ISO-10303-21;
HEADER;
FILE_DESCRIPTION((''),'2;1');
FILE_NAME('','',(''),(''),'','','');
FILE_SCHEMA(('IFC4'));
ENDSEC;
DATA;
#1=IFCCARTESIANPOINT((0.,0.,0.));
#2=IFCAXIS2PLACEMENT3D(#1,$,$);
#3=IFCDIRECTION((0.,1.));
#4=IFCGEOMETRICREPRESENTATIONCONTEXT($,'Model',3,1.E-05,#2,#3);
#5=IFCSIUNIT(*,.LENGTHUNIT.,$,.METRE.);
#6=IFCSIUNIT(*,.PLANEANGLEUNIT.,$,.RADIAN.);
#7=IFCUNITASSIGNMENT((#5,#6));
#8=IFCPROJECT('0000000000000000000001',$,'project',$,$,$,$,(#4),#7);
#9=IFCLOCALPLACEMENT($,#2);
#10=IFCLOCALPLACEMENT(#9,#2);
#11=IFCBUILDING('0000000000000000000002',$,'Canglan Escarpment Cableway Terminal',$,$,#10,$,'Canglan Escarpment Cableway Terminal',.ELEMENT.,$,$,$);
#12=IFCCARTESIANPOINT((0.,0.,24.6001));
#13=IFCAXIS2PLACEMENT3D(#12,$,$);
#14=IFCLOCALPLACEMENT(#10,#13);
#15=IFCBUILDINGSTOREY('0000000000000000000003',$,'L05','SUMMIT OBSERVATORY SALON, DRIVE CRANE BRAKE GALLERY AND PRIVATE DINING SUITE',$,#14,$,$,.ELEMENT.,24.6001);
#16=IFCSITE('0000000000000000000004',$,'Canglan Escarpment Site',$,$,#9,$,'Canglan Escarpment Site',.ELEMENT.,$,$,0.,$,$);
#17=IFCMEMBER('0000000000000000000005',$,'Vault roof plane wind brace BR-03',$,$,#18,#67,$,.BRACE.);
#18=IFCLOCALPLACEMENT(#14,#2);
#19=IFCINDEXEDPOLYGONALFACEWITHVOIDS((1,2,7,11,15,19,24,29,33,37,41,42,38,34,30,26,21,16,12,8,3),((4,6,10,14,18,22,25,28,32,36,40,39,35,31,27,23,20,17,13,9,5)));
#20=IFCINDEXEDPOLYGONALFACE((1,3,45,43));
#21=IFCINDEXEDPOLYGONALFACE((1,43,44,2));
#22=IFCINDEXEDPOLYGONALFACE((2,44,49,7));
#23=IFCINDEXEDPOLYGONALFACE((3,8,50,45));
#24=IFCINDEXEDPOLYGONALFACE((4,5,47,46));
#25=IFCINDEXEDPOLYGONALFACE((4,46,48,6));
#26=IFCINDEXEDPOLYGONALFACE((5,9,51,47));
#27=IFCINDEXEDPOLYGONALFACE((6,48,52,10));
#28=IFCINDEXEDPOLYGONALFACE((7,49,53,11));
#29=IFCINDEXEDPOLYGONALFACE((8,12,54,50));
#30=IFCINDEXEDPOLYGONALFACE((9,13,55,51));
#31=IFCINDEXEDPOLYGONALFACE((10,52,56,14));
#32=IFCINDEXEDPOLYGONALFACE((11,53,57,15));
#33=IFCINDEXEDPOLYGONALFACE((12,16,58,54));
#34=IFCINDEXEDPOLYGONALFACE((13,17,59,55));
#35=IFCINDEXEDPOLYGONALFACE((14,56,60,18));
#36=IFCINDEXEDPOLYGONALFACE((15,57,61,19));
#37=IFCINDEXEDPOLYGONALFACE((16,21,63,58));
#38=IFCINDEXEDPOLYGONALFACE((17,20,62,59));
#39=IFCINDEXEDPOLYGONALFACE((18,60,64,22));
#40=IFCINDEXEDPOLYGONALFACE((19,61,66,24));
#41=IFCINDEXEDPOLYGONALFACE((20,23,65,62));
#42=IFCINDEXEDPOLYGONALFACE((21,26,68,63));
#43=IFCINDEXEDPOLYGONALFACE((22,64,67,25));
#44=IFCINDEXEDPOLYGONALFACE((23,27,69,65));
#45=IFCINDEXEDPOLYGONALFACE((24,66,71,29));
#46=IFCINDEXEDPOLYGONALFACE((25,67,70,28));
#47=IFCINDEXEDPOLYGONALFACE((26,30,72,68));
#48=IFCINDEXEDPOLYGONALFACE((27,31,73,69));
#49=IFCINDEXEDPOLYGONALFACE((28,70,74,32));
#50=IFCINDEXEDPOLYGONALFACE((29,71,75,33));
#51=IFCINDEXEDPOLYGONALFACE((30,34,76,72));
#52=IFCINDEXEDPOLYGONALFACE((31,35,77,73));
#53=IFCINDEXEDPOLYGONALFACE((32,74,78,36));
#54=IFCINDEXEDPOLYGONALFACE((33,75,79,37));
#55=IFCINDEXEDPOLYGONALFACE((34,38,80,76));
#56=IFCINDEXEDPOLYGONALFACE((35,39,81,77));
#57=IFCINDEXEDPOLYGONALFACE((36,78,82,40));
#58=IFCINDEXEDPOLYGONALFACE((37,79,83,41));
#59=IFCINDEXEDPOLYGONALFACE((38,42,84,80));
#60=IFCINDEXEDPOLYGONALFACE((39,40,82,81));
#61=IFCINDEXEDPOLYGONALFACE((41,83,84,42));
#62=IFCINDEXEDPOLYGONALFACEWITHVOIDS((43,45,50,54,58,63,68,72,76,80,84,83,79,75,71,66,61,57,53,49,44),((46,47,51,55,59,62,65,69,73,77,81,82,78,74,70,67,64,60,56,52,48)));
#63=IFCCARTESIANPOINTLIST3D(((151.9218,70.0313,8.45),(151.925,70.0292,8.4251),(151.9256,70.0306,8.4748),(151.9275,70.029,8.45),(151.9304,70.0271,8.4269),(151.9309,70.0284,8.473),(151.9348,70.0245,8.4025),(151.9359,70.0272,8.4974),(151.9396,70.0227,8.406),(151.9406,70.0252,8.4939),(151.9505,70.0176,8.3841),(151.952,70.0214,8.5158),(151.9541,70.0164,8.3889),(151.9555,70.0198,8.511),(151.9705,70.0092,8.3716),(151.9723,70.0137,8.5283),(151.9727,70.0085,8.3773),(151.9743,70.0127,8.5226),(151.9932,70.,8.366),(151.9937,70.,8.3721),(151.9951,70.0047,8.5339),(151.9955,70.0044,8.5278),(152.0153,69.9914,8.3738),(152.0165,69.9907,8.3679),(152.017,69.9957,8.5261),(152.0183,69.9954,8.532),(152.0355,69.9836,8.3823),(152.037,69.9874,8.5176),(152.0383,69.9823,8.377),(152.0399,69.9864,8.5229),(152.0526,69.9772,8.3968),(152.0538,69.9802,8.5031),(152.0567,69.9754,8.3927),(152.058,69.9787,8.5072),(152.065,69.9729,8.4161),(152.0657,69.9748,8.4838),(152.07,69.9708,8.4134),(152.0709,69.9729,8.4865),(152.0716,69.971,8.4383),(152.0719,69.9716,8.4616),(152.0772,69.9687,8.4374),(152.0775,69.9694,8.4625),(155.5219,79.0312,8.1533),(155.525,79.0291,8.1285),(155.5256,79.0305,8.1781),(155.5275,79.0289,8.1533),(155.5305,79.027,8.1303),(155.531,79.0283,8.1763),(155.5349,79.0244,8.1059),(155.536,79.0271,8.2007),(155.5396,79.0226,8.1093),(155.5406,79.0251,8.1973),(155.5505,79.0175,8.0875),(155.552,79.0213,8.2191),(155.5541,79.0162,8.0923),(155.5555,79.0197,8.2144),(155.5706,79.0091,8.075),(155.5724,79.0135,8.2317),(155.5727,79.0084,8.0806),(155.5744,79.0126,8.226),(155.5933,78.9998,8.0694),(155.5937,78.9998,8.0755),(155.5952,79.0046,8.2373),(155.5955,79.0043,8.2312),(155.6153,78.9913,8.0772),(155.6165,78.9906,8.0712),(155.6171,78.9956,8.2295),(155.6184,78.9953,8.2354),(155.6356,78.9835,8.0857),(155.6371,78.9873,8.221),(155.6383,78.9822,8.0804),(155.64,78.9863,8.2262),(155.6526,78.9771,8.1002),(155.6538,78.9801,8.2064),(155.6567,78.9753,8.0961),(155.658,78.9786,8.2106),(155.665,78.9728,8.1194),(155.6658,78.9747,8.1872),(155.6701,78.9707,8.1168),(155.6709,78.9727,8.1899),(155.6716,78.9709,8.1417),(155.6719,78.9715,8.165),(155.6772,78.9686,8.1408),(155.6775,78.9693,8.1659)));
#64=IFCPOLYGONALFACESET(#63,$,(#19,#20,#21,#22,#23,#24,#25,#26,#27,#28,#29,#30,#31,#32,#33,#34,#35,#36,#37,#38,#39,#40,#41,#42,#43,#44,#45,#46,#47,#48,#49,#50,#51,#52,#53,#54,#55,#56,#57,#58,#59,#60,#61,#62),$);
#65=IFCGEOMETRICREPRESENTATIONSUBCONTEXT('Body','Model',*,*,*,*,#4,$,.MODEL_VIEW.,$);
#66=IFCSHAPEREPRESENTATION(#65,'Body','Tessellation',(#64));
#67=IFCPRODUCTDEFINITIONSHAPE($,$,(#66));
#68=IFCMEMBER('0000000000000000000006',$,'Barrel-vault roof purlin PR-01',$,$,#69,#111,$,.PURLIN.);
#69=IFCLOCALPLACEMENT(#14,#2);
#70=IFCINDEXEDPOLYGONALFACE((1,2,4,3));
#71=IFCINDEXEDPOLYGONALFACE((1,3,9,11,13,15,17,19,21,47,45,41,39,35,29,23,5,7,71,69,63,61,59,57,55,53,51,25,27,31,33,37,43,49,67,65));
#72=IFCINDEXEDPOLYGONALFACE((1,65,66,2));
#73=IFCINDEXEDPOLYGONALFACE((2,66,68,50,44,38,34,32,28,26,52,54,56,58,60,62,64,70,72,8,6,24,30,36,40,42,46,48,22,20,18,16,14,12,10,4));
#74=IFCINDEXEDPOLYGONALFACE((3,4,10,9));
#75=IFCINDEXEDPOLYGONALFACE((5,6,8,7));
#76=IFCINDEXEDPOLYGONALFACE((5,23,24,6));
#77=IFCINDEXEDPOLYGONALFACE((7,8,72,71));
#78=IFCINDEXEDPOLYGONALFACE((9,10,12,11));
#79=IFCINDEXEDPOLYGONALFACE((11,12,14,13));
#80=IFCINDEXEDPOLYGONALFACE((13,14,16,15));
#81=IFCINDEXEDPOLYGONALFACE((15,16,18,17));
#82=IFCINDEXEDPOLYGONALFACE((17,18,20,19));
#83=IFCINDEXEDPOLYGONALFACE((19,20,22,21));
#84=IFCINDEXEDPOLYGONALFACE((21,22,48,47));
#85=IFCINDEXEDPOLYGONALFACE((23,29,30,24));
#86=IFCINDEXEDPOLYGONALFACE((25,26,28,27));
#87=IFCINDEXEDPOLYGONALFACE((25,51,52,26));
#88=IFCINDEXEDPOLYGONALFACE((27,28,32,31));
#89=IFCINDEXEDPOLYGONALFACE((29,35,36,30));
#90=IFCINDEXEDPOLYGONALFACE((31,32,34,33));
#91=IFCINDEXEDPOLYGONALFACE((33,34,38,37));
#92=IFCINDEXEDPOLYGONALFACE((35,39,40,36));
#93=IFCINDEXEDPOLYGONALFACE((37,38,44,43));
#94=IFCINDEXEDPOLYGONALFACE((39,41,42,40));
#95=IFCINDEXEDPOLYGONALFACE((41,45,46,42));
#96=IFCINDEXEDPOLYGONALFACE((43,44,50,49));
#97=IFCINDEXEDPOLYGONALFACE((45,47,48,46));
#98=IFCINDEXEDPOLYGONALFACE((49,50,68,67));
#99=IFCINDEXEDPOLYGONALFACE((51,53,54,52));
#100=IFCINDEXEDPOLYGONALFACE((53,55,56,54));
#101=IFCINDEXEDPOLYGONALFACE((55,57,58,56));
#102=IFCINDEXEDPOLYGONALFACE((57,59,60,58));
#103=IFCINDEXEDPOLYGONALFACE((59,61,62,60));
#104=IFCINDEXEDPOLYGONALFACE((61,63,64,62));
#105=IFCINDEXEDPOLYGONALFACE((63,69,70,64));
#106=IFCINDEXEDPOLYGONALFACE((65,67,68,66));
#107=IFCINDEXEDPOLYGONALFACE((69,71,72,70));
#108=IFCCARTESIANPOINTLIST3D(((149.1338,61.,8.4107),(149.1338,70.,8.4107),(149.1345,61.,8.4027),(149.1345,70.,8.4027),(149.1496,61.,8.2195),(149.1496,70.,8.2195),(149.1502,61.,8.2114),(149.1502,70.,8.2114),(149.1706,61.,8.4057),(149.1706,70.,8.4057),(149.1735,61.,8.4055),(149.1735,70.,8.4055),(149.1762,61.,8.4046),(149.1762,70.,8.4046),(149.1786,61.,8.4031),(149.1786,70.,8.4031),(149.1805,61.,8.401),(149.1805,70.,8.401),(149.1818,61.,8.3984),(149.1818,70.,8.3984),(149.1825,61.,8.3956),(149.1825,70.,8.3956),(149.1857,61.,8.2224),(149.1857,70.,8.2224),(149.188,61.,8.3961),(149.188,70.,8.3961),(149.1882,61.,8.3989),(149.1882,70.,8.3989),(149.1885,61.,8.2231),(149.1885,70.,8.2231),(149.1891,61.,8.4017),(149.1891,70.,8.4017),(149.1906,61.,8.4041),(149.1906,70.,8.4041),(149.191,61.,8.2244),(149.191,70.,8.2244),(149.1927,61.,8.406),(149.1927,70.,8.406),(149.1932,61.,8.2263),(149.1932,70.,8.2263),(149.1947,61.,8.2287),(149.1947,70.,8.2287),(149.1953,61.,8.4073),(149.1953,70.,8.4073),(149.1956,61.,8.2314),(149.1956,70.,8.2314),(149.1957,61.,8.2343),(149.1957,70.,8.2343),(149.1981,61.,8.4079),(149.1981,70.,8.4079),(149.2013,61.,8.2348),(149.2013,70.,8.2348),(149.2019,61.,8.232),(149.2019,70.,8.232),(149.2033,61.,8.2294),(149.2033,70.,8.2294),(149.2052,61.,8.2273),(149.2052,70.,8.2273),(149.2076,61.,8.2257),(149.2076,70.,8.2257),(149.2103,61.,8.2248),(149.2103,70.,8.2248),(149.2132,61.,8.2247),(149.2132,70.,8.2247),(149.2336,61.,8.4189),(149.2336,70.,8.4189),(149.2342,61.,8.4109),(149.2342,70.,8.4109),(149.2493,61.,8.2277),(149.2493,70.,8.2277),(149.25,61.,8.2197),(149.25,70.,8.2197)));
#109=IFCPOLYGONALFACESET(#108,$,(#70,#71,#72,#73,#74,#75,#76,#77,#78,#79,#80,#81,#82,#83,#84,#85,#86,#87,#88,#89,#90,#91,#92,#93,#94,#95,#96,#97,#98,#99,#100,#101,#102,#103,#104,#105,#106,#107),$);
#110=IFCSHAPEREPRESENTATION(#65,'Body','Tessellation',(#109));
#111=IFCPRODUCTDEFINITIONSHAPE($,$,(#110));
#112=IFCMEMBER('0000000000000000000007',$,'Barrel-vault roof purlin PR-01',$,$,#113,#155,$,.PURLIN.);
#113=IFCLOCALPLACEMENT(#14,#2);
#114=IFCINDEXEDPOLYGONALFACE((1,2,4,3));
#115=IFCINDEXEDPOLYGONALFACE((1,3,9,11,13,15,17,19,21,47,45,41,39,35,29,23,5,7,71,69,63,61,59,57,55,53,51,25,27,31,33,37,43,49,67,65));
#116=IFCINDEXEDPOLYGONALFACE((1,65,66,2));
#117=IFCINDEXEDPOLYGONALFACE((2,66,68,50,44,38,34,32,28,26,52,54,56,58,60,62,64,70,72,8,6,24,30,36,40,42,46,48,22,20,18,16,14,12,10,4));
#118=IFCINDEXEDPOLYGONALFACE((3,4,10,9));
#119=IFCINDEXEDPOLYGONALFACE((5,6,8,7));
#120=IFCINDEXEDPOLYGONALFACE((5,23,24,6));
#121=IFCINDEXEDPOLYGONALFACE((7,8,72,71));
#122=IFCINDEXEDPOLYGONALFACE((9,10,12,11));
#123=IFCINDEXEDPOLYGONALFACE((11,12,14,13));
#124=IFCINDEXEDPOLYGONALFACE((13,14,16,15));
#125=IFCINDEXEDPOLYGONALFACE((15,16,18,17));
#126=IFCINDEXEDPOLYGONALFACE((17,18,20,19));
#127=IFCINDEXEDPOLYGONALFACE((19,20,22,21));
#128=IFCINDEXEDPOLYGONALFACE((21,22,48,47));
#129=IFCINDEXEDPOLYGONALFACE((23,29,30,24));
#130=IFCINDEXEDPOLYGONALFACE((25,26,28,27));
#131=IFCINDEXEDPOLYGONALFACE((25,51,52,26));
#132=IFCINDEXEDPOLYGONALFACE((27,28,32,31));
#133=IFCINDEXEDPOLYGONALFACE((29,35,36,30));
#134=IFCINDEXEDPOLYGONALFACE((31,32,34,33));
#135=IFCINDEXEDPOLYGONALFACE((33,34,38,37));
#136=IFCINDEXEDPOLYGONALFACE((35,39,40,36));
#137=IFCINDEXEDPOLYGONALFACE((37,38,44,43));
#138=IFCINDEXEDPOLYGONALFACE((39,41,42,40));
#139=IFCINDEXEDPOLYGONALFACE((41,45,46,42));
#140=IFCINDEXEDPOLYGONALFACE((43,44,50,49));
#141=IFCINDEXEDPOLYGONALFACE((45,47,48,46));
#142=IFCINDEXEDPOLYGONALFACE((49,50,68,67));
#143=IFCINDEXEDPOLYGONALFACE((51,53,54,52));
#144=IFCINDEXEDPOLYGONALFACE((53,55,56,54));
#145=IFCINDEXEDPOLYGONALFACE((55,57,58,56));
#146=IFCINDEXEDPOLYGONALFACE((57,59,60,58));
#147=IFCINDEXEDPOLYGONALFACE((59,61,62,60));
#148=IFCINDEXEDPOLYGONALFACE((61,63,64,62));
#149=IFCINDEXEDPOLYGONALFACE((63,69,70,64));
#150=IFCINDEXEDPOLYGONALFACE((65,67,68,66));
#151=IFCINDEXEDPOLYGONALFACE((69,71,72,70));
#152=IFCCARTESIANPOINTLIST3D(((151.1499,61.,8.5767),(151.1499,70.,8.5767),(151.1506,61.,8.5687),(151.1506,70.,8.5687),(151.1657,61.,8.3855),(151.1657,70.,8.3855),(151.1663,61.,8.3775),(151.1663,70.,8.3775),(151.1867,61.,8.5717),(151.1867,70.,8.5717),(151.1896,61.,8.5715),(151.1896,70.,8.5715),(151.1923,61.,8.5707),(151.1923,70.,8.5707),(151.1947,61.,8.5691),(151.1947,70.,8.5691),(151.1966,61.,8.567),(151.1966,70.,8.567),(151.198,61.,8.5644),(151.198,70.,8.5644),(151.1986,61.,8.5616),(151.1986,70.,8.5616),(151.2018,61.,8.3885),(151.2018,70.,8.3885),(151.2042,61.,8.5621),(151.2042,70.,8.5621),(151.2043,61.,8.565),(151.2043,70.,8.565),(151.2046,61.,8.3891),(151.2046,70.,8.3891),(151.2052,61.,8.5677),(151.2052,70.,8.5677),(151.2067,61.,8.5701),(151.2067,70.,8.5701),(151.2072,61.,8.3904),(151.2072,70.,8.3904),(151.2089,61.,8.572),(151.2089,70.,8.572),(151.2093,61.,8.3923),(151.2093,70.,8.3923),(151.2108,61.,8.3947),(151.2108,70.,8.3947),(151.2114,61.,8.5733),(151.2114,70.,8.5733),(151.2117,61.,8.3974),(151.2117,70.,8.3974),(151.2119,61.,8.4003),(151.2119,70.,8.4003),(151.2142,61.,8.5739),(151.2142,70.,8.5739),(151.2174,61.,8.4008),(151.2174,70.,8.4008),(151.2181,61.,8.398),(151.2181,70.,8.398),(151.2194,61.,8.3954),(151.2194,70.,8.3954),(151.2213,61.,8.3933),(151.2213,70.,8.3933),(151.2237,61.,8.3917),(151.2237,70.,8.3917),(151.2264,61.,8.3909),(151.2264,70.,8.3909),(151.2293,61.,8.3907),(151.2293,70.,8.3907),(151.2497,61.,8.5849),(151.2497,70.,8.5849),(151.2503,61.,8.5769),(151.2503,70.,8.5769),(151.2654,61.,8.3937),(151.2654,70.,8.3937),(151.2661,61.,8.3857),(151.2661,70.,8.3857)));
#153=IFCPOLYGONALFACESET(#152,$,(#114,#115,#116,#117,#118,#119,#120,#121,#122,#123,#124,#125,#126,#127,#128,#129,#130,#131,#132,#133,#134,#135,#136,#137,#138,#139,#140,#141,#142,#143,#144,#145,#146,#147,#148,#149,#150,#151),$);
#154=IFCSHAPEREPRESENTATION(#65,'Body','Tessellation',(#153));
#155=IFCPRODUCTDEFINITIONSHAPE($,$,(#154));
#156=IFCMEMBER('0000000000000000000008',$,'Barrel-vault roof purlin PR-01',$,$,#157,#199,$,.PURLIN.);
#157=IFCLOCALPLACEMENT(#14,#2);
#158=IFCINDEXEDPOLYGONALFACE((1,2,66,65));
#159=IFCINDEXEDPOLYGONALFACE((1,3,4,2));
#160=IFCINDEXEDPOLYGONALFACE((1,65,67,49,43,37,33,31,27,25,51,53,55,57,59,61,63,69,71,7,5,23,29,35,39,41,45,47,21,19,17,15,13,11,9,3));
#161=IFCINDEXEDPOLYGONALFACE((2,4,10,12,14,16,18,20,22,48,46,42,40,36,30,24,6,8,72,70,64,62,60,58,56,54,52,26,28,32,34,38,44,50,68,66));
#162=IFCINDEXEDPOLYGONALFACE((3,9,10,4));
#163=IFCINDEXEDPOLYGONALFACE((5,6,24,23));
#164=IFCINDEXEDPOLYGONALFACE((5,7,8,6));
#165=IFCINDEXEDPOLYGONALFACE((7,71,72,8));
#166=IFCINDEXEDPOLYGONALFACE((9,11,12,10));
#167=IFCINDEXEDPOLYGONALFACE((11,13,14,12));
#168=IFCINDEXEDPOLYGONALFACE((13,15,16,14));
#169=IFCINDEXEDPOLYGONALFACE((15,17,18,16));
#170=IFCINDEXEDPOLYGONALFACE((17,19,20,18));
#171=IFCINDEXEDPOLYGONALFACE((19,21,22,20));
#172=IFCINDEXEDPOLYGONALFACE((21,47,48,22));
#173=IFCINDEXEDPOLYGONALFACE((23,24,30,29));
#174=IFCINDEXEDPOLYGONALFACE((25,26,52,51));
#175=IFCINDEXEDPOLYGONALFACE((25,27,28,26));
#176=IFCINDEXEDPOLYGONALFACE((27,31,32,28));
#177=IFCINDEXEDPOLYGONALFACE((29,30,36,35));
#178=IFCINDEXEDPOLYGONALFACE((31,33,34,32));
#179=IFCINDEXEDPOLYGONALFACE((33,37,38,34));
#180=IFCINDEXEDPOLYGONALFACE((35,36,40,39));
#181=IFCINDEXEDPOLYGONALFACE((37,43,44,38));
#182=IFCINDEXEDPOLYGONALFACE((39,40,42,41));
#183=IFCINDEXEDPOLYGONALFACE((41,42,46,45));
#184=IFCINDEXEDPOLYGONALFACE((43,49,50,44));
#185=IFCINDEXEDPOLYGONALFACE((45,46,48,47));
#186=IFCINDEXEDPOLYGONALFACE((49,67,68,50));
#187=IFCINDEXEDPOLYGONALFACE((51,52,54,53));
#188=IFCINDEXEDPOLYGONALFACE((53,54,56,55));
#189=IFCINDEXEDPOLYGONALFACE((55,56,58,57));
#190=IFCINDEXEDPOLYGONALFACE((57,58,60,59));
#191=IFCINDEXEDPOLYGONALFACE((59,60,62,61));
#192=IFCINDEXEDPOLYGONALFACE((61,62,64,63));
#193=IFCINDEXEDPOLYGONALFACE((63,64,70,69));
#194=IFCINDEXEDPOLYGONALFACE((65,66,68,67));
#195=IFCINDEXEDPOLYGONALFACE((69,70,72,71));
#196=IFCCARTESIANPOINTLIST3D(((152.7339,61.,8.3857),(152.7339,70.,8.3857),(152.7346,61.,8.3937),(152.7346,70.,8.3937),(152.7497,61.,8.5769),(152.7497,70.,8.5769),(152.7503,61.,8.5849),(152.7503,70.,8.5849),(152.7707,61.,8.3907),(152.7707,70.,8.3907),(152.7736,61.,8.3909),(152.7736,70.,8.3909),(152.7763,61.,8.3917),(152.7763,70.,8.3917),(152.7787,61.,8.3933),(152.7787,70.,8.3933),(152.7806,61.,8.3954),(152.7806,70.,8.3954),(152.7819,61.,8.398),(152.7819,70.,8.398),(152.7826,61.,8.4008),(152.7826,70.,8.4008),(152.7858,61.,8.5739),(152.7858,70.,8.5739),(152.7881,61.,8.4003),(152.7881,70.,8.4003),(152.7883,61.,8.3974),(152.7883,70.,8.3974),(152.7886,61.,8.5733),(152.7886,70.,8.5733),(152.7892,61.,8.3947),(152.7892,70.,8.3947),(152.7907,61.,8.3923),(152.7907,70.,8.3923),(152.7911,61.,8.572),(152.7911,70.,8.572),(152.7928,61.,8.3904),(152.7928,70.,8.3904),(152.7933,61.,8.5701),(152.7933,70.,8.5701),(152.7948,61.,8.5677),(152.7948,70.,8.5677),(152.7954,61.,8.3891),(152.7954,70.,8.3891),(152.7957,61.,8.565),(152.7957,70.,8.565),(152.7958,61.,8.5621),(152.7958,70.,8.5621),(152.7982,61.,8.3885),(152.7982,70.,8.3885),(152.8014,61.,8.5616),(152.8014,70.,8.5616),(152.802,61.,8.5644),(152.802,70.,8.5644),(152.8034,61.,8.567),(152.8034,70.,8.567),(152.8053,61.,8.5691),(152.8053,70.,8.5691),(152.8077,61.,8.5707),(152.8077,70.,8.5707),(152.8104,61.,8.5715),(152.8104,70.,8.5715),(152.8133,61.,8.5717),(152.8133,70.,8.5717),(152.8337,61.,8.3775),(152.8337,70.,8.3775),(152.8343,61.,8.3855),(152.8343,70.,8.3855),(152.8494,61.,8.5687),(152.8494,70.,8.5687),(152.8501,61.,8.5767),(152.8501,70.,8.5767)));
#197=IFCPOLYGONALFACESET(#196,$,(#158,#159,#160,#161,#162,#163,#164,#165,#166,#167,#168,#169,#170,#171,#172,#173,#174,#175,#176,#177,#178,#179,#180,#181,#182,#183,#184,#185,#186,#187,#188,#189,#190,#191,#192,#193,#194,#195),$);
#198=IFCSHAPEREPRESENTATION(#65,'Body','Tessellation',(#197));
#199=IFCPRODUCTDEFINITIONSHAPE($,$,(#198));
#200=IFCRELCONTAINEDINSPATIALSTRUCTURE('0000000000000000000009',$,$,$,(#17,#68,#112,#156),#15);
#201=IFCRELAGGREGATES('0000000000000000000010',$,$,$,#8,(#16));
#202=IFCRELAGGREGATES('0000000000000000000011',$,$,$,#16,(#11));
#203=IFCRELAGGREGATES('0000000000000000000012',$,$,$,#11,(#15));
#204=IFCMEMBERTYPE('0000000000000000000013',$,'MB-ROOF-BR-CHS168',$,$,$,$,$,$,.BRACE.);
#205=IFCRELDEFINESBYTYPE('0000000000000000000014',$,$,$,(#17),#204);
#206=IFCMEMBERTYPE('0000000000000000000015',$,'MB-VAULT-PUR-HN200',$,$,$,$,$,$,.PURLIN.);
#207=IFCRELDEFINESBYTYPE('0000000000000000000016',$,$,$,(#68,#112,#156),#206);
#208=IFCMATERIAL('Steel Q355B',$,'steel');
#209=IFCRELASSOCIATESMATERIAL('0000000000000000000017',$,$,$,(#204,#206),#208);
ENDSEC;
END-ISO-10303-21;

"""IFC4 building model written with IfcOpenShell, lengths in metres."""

from ifc_helpers import new_model, si_unit, direction, frame, origin, origin_2d, place, context, subcontext, project, spatial, hollow_circle, i_section, extrude, material, material_profile, profile_set, type_object, element, save


model = new_model("IFC4")

# Units and contexts
model_context = context("Model", 3, precision=1e-05, world=origin(), true_north=direction((0.0, 1.0)))
body_context = subcontext(model_context, "Body", "Model", "MODEL_VIEW")
ifc_project = project(units=[si_unit("LENGTHUNIT", "METRE"), si_unit("PLANEANGLEUNIT", "RADIAN")], contexts=[model_context])

# Site, building, storey
site_placement = place(None, origin())
site = spatial("IfcSite", under=ifc_project, at=site_placement, Name="Canglan Escarpment Site", LongName="Canglan Escarpment Site", CompositionType="ELEMENT", RefElevation=0.0)
building_placement = place(site_placement, origin())
building = spatial("IfcBuilding", under=site, at=building_placement, Name="Canglan Escarpment Cableway Terminal", LongName="Canglan Escarpment Cableway Terminal", CompositionType="ELEMENT")
storey_placement = place(building_placement, frame((0.0, 0.0, 24.6001)))
storey = spatial("IfcBuildingStorey", under=building, at=storey_placement, Name="L05", Description="SUMMIT OBSERVATORY SALON, DRIVE CRANE BRAKE GALLERY AND PRIVATE DINING SUITE", CompositionType="ELEMENT", Elevation=24.6001)

# Shared definitions
ifc_material = material(Name="Steel Q355B", Category="steel")

# Members
ifc_material_profile_1 = material_profile(ifc_material, hollow_circle(Radius=0.0842, WallThickness=0.0061, at=origin_2d()), Name="CHS 168.3x6")
ifc_profile_set_1 = profile_set([ifc_material_profile_1], Name="Steel Q355B")
member_type_1 = type_object("IfcMemberType", Name="MB-ROOF-BR-CHS168", PredefinedType="BRACE", material=ifc_profile_set_1)
for number, where, z_axis, x_axis, name in (
    (1, (152.0, 70.0, 8.45), (0.371226, 0.928039, -0.030587), (-0.928473, 0.371399, 0.0), "Vault roof plane wind brace BR-03"),
):
    element("IfcMember", number, at=place(storey_placement, frame(where, z_axis=z_axis, x_axis=x_axis)), inside=storey, type_object=member_type_1, Name=name, PredefinedType="BRACE", context=body_context, shape_type="SweptSolid", body=[
        extrude(hollow_circle(Radius=0.0842, WallThickness=0.0061, at=origin_2d()), origin(), (0.0, 0.0, 1.0), 9.6978),
    ])
ifc_material_profile_2 = material_profile(ifc_material, i_section(OverallWidth=0.1001, OverallDepth=0.2, WebThickness=0.0056, FlangeThickness=0.0081, FilletRadius=0.011, at=origin_2d()), Name="HN 200x100x5.5x8")
ifc_profile_set_2 = profile_set([ifc_material_profile_2], Name="Steel Q355B")
member_type_2 = type_object("IfcMemberType", Name="MB-VAULT-PUR-HN200", PredefinedType="PURLIN", material=ifc_profile_set_2)
for number, where, z_axis, x_axis, name in (
    (2, (149.1919, 61.0, 8.3152), (0.0, 1.0, 0.0), (-0.996626, 0.0, -0.082078), "Barrel-vault roof purlin PR-01"),
    (3, (151.208, 61.0, 8.4812), (0.0, 1.0, 0.0), (-0.996626, 0.0, -0.082078), "Barrel-vault roof purlin PR-01"),
    (4, (152.792, 61.0, 8.4812), (0.0, 1.0, 0.0), (-0.996626, 0.0, 0.082078), "Barrel-vault roof purlin PR-01"),
):
    element("IfcMember", number, at=place(storey_placement, frame(where, z_axis=z_axis, x_axis=x_axis)), inside=storey, type_object=member_type_2, Name=name, PredefinedType="PURLIN", context=body_context, shape_type="SweptSolid", body=[
        extrude(i_section(OverallWidth=0.1001, OverallDepth=0.2, WebThickness=0.0056, FlangeThickness=0.0081, FilletRadius=0.011, at=origin_2d()), origin(), (0.0, 0.0, 1.0), 9.0),
    ])

save(model, "model.ifc")
